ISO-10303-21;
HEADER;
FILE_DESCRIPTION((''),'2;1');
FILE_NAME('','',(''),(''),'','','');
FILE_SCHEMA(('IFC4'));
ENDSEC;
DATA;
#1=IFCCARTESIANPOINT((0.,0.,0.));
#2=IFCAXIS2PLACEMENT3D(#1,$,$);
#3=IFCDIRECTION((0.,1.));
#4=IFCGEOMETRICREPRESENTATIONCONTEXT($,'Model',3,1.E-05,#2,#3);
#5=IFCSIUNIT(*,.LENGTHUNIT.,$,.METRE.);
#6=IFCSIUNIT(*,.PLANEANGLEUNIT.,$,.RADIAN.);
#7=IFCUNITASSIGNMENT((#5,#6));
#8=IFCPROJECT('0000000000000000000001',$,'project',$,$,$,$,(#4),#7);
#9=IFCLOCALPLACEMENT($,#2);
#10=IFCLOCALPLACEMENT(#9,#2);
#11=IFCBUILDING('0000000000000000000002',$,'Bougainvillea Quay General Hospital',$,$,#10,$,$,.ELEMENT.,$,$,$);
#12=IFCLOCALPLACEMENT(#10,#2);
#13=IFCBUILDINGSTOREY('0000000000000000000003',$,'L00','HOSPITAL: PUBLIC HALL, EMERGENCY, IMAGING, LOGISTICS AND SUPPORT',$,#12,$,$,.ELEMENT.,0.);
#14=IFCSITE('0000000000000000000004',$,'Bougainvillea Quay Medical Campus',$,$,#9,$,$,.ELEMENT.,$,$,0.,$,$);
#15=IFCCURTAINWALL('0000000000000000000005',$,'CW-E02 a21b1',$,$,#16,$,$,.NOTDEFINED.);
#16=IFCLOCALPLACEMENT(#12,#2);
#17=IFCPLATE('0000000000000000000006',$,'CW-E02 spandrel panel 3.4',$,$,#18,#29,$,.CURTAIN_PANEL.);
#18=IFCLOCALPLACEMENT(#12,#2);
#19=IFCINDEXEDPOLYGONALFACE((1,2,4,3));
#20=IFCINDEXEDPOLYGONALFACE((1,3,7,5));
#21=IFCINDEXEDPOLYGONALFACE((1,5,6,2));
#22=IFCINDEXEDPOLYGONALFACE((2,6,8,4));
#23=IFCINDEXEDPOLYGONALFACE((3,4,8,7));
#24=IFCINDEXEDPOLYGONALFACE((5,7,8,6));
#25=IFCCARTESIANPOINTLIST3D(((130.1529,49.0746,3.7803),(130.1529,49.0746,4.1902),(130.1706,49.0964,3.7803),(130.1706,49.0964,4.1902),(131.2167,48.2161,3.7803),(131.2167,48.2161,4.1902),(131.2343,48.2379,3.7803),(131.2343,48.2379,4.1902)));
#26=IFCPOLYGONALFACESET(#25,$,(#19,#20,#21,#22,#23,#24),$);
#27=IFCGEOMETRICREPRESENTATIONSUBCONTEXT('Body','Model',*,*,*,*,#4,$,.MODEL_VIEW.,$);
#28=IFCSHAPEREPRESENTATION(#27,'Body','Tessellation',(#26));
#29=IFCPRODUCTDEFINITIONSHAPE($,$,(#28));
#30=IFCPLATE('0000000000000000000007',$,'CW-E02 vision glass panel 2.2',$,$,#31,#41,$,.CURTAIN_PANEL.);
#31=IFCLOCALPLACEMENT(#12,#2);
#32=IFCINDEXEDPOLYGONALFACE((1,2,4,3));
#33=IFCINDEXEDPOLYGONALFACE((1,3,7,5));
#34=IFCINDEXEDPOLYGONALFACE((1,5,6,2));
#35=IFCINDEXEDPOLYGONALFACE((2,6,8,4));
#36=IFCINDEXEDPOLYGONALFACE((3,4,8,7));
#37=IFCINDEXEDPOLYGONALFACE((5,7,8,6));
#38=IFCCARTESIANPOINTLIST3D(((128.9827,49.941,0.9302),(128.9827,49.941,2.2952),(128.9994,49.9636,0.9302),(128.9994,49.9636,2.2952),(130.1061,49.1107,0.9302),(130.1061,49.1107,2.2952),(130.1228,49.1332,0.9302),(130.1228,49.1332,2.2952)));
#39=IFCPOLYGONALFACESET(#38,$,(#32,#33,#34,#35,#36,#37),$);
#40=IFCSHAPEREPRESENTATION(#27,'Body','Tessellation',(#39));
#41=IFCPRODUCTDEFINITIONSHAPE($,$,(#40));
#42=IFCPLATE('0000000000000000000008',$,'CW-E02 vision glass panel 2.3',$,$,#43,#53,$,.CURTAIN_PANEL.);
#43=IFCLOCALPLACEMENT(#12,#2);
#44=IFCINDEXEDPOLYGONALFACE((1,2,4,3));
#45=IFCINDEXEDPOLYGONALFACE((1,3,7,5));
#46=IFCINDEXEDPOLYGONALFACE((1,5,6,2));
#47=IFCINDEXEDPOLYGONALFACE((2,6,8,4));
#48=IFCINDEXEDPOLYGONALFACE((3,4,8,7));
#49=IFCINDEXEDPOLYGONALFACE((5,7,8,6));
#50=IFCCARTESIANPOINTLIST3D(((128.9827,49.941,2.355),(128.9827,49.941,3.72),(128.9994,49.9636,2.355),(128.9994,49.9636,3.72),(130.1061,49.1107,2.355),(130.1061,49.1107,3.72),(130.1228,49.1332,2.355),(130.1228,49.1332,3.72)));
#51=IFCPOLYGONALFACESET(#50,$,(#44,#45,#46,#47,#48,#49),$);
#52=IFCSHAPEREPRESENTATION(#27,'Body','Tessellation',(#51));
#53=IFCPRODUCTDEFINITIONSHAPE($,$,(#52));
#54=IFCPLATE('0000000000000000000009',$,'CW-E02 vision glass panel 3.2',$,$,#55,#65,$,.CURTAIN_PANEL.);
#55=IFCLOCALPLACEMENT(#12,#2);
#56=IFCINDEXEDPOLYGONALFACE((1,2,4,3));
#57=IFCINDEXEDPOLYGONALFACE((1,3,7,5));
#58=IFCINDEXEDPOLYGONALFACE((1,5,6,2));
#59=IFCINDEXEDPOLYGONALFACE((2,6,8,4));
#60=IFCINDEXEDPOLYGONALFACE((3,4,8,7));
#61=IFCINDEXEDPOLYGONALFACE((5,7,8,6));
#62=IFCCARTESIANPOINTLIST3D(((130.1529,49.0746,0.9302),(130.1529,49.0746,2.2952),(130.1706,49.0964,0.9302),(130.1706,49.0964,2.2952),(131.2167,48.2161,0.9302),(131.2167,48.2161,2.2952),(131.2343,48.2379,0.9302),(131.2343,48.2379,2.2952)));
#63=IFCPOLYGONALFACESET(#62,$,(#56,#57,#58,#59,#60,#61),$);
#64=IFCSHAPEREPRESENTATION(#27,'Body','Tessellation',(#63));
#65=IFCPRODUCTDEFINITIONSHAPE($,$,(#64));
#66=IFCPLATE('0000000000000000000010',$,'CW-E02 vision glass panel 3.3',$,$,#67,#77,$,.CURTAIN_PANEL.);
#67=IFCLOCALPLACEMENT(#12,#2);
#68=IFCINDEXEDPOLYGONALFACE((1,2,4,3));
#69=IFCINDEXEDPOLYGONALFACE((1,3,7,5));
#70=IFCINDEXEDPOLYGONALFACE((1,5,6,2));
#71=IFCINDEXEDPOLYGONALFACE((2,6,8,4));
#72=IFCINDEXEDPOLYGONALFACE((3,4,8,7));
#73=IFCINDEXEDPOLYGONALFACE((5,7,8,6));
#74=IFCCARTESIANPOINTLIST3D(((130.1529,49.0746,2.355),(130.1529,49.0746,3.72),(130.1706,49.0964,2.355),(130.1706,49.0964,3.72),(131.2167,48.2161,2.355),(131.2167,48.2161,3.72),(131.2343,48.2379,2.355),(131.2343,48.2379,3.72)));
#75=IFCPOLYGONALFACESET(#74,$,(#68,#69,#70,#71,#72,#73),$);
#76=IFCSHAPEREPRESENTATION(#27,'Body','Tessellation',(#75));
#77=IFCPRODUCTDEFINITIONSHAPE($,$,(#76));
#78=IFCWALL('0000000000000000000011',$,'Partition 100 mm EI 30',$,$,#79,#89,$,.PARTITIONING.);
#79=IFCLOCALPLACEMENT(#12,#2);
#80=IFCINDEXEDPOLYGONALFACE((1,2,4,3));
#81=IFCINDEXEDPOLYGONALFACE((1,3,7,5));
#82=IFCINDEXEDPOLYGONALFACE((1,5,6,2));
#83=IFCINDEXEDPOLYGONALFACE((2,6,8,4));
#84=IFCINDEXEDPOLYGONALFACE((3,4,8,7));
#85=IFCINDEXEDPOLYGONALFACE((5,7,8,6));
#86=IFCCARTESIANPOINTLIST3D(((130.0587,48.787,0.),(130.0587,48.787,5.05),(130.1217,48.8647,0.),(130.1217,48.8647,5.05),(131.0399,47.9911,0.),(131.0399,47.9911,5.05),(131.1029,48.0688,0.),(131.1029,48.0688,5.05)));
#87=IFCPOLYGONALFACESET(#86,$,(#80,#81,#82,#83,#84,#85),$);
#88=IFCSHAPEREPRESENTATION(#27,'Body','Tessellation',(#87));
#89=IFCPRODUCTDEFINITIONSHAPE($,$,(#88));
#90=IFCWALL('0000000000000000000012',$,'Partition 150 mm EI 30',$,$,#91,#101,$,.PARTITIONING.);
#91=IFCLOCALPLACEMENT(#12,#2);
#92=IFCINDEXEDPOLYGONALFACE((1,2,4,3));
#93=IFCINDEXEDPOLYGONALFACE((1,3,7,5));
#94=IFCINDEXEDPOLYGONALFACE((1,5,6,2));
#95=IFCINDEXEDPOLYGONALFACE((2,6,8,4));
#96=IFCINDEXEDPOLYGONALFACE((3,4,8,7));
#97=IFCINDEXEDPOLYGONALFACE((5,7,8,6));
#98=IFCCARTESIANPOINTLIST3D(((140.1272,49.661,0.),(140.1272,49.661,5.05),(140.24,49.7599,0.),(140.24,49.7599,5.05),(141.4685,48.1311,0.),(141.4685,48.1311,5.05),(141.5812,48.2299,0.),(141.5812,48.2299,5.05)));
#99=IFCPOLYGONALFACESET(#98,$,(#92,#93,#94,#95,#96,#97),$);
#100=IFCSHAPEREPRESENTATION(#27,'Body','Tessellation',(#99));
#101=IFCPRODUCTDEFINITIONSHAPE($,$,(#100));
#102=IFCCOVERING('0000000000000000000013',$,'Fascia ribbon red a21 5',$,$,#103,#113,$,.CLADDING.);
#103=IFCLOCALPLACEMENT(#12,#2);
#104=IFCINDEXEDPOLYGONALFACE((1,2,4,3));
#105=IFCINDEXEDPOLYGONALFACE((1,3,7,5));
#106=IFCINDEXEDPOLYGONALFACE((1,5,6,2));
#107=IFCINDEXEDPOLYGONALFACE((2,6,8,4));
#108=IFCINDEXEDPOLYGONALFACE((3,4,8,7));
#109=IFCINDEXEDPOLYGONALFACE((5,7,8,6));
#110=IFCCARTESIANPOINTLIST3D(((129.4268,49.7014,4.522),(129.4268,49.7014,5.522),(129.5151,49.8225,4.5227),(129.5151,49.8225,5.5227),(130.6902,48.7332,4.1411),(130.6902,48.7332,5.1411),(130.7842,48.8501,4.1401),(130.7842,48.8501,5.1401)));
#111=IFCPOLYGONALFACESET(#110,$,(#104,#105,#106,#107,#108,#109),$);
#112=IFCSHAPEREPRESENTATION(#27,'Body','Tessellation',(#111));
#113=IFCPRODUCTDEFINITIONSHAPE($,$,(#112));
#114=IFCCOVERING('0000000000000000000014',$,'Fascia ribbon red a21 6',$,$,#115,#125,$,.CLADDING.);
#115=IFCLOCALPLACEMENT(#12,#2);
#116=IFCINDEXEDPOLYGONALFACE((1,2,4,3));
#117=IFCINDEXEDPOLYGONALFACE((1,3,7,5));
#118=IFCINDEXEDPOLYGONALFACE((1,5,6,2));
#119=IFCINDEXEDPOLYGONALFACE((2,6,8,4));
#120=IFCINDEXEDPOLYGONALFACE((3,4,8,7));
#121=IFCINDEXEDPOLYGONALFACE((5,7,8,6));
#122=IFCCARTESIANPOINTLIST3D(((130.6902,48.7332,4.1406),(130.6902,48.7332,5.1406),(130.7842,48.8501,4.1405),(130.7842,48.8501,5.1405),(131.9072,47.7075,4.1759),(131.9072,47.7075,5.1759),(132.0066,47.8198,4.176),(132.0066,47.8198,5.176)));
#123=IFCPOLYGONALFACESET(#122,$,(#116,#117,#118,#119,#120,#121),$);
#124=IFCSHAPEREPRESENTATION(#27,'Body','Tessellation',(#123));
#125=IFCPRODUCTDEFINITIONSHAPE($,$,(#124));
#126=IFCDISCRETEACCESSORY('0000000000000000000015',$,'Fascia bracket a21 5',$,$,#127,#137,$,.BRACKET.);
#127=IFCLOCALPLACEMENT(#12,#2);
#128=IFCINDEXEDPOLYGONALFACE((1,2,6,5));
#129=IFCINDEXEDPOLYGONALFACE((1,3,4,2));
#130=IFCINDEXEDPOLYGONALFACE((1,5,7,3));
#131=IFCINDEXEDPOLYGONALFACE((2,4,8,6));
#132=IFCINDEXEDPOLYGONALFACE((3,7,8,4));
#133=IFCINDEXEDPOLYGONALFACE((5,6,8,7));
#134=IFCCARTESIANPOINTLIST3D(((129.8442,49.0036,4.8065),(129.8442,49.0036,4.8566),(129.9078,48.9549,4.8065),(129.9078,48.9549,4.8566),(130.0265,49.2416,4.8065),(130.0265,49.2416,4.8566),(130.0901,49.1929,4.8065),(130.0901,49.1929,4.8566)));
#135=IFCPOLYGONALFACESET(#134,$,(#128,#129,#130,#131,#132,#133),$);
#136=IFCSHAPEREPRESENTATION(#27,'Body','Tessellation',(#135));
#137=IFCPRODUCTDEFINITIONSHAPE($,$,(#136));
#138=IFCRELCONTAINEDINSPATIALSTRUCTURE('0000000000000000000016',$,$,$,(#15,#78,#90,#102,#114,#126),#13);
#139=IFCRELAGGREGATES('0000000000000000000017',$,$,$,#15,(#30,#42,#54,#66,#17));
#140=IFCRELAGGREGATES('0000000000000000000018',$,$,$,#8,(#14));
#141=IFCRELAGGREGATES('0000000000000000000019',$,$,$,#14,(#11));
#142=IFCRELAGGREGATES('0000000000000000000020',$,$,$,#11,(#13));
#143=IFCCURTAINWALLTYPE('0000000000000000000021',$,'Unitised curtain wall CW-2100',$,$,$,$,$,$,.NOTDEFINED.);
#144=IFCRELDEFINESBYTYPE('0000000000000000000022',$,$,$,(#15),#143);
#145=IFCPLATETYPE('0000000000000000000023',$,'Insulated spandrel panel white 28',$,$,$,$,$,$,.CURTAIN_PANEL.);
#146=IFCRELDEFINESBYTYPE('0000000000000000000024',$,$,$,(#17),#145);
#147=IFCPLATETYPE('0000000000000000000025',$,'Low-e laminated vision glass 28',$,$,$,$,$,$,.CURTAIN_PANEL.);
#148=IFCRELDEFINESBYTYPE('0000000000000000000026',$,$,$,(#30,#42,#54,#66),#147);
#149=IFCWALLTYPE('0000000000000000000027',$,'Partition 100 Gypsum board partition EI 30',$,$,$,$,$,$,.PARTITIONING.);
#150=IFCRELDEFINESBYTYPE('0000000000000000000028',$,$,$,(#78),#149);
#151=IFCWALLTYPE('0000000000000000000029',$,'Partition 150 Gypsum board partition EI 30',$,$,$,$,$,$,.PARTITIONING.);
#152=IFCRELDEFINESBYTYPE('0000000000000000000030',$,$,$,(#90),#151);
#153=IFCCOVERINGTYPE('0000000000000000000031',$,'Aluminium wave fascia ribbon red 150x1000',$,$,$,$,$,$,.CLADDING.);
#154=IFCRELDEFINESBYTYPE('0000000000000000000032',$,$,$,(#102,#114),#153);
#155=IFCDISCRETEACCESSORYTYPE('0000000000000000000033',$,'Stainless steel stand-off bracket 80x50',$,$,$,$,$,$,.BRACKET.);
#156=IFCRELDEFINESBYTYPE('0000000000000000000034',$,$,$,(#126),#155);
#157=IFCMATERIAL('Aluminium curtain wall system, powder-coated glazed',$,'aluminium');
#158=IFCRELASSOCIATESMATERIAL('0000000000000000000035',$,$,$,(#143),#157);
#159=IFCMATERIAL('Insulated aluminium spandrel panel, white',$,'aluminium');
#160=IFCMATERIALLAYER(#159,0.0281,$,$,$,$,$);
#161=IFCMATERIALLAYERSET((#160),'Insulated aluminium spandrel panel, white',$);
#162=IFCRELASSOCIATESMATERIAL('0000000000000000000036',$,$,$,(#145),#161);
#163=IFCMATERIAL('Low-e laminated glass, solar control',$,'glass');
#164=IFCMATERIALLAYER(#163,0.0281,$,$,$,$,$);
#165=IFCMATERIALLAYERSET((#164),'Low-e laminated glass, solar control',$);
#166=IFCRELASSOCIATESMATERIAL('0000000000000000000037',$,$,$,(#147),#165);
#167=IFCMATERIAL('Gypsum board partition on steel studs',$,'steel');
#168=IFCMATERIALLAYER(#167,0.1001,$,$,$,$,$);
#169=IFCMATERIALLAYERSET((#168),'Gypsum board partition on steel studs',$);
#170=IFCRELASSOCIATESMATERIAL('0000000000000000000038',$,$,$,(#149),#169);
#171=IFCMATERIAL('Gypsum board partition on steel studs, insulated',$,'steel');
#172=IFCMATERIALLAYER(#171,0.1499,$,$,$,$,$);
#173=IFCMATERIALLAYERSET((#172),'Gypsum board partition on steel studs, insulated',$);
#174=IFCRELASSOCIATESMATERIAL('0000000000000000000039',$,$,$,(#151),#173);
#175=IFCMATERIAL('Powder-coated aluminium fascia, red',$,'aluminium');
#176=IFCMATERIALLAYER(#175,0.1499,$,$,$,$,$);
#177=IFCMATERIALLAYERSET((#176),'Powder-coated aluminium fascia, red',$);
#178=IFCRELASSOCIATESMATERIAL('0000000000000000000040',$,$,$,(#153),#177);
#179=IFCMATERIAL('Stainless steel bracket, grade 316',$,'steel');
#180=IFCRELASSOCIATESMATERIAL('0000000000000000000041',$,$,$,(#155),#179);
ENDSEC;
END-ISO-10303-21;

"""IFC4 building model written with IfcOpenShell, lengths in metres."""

from ifc_helpers import new_model, si_unit, direction, frame, frame_2d, origin, origin_2d, place, context, subcontext, project, spatial, polyline, rectangle, outline, extrude, material, layer, layer_set, material_profile, profile_set, type_object, element, aggregate, save


model = new_model("IFC4")

# Units and contexts
model_context = context("Model", 3, precision=1e-05, world=origin(), true_north=direction((0.0, 1.0)))
body_context = subcontext(model_context, "Body", "Model", "MODEL_VIEW")
ifc_project = project(units=[si_unit("LENGTHUNIT", "METRE"), si_unit("PLANEANGLEUNIT", "RADIAN")], contexts=[model_context])

# Site, building, storey
site_placement = place(None, origin())
site = spatial("IfcSite", under=ifc_project, at=site_placement, Name="Bougainvillea Quay Medical Campus", CompositionType="ELEMENT", RefElevation=0.0)
building_placement = place(site_placement, origin())
building = spatial("IfcBuilding", under=site, at=building_placement, Name="Bougainvillea Quay General Hospital", CompositionType="ELEMENT")
storey_placement = place(building_placement, origin())
storey = spatial("IfcBuildingStorey", under=building, at=storey_placement, Name="L00", Description="HOSPITAL: PUBLIC HALL, EMERGENCY, IMAGING, LOGISTICS AND SUPPORT", CompositionType="ELEMENT", Elevation=0.0)

# Curtain wall, plates
ifc_material_1 = material(Name="Aluminium curtain wall system, powder-coated glazed", Category="aluminium")
curtain_wall_type = type_object("IfcCurtainWallType", Name="Unitised curtain wall CW-2100", PredefinedType="NOTDEFINED", material=ifc_material_1)
curtain_wall_placement = place(storey_placement, origin())
curtain_wall = element("IfcCurtainWall", 1, at=curtain_wall_placement, inside=storey, type_object=curtain_wall_type, Name="CW-E02 a21b1", PredefinedType="NOTDEFINED")
ifc_material_2 = material(Name="Insulated aluminium spandrel panel, white", Category="aluminium")
ifc_layer_1 = layer(ifc_material_2, 0.0281)
ifc_layer_set_1 = layer_set([ifc_layer_1], Name="Insulated aluminium spandrel panel, white")
plate_type_1 = type_object("IfcPlateType", Name="Insulated spandrel panel white 28", PredefinedType="CURTAIN_PANEL", material=ifc_layer_set_1)
plate_1_placement = place(storey_placement, frame((130.6936, 48.6562, 3.7803), z_axis=(0.0, 0.0, 1.0), x_axis=(0.778185, -0.628035, 0.0)))
plate_1 = element("IfcPlate", 2, at=plate_1_placement, type_object=plate_type_1, Name="CW-E02 spandrel panel 3.4", PredefinedType="CURTAIN_PANEL", context=body_context, shape_type="SweptSolid", body=[
    extrude(rectangle(XDim=1.3669, YDim=0.0281, at=origin_2d()), origin(), (0.0, 0.0, 1.0), 0.4099),
])
ifc_material_3 = material(Name="Low-e laminated glass, solar control", Category="glass")
ifc_layer_2 = layer(ifc_material_3, 0.0281)
ifc_layer_set_2 = layer_set([ifc_layer_2], Name="Low-e laminated glass, solar control")
plate_type_2 = type_object("IfcPlateType", Name="Low-e laminated vision glass 28", PredefinedType="CURTAIN_PANEL", material=ifc_layer_set_2)
plate_2_placement = place(storey_placement, frame((129.5527, 49.5371, 0.9302), z_axis=(0.0, 0.0, 1.0), x_axis=(0.804189, -0.594374, 0.0)))
plate_2 = element("IfcPlate", 3, at=plate_2_placement, type_object=plate_type_2, Name="CW-E02 vision glass panel 2.2", PredefinedType="CURTAIN_PANEL", context=body_context, shape_type="SweptSolid", body=[
    extrude(rectangle(XDim=1.397, YDim=0.0281, at=origin_2d()), origin(), (0.0, 0.0, 1.0), 1.365),
])
plate_3_placement = place(storey_placement, frame((129.5527, 49.5371, 2.355), z_axis=(0.0, 0.0, 1.0), x_axis=(0.804189, -0.594374, 0.0)))
plate_3 = element("IfcPlate", 4, at=plate_3_placement, type_object=plate_type_2, Name="CW-E02 vision glass panel 2.3", PredefinedType="CURTAIN_PANEL", context=body_context, shape_type="SweptSolid", body=[
    extrude(rectangle(XDim=1.397, YDim=0.0281, at=origin_2d()), origin(), (0.0, 0.0, 1.0), 1.365),
])
plate_4_placement = place(storey_placement, frame((130.6936, 48.6562, 0.9302), z_axis=(0.0, 0.0, 1.0), x_axis=(0.778185, -0.628035, 0.0)))
plate_4 = element("IfcPlate", 5, at=plate_4_placement, type_object=plate_type_2, Name="CW-E02 vision glass panel 3.2", PredefinedType="CURTAIN_PANEL", context=body_context, shape_type="SweptSolid", body=[
    extrude(rectangle(XDim=1.3669, YDim=0.0281, at=origin_2d()), origin(), (0.0, 0.0, 1.0), 1.365),
])
plate_5_placement = place(storey_placement, frame((130.6936, 48.6562, 2.355), z_axis=(0.0, 0.0, 1.0), x_axis=(0.778185, -0.628035, 0.0)))
plate_5 = element("IfcPlate", 6, at=plate_5_placement, type_object=plate_type_2, Name="CW-E02 vision glass panel 3.3", PredefinedType="CURTAIN_PANEL", context=body_context, shape_type="SweptSolid", body=[
    extrude(rectangle(XDim=1.3669, YDim=0.0281, at=origin_2d()), origin(), (0.0, 0.0, 1.0), 1.365),
])
aggregate(curtain_wall, [plate_2, plate_3, plate_4, plate_5, plate_1])

# Walls
ifc_material_4 = material(Name="Gypsum board partition on steel studs", Category="steel")
ifc_layer_3 = layer(ifc_material_4, 0.1001)
ifc_layer_set_3 = layer_set([ifc_layer_3], Name="Gypsum board partition on steel studs")
wall_type_1 = type_object("IfcWallType", Name="Partition 100 Gypsum board partition EI 30", PredefinedType="PARTITIONING", material=ifc_layer_set_3)
wall_1_placement = place(storey_placement, frame((130.0901, 48.8259, 0.0), z_axis=(0.0, 0.0, 1.0), x_axis=(0.776628, -0.62996, 0.0)))
element("IfcWall", 7, at=wall_1_placement, inside=storey, type_object=wall_type_1, Name="Partition 100 mm EI 30", PredefinedType="PARTITIONING", context=body_context, shape_type="SweptSolid", body=[
    extrude(rectangle(XDim=1.2634, YDim=0.1001, at=frame_2d((0.6318, 0.0))), origin(), (0.0, 0.0, 1.0), 5.05),
])
ifc_material_5 = material(Name="Gypsum board partition on steel studs, insulated", Category="steel")
ifc_layer_4 = layer(ifc_material_5, 0.1499)
ifc_layer_set_4 = layer_set([ifc_layer_4], Name="Gypsum board partition on steel studs, insulated")
wall_type_2 = type_object("IfcWallType", Name="Partition 150 Gypsum board partition EI 30", PredefinedType="PARTITIONING", material=ifc_layer_set_4)
wall_2_placement = place(storey_placement, frame((140.1836, 49.7104, 0.0), z_axis=(0.0, 0.0, 1.0), x_axis=(0.659209, -0.751959, 0.0)))
element("IfcWall", 8, at=wall_2_placement, inside=storey, type_object=wall_type_2, Name="Partition 150 mm EI 30", PredefinedType="PARTITIONING", context=body_context, shape_type="SweptSolid", body=[
    extrude(rectangle(XDim=2.0347, YDim=0.1499, at=frame_2d((1.0173, 0.0))), origin(), (0.0, 0.0, 1.0), 5.05),
])

# Coverings
ifc_material_6 = material(Name="Powder-coated aluminium fascia, red", Category="aluminium")
ifc_layer_5 = layer(ifc_material_6, 0.1499)
ifc_layer_set_5 = layer_set([ifc_layer_5], Name="Powder-coated aluminium fascia, red")
covering_type = type_object("IfcCoveringType", Name="Aluminium wave fascia ribbon red 150x1000", PredefinedType="CLADDING", material=ifc_layer_set_5)
covering_1_placement = place(storey_placement, frame((129.4268, 49.7014, 4.522), z_axis=(0.185206, -0.140899, 0.972546), x_axis=(0.771927, -0.591587, -0.232709)))
element("IfcCovering", 9, at=covering_1_placement, inside=storey, type_object=covering_type, Name="Fascia ribbon red a21 5", PredefinedType="CLADDING", context=body_context, shape_type="SweptSolid", body=[
    extrude(outline(polyline([(0.0, 0.0), (1.6367, 0.0), (1.6403, 0.15), (-0.0036, 0.1499), (0.0, 0.0)])), origin(), (-0.232709, -0.000802, 0.972546), 1.0),
])
covering_2_placement = place(storey_placement, frame((130.6902, 48.7332, 4.1406), z_axis=(-0.01696, 0.014305, 0.999754), x_axis=(0.764488, -0.644256, 0.022187)))
element("IfcCovering", 10, at=covering_2_placement, inside=storey, type_object=covering_type, Name="Fascia ribbon red a21 6", PredefinedType="CLADDING", context=body_context, shape_type="SweptSolid", body=[
    extrude(outline(polyline([(0.0, 0.0), (1.592, 0.0), (1.5956, 0.1499), (-0.0035, 0.15), (0.0, 0.0)])), origin(), (0.022187, -0.000009, 0.999754), 1.0),
])

# Discrete accessory
ifc_material_7 = material(Name="Stainless steel bracket, grade 316", Category="steel")
ifc_material_profile_1 = material_profile(ifc_material_7, rectangle(XDim=0.0801, YDim=0.05, at=origin_2d()))
ifc_profile_set_1 = profile_set([ifc_material_profile_1], Name="Stainless steel bracket, grade 316")
discrete_accessory_type = type_object("IfcDiscreteAccessoryType", Name="Stainless steel stand-off bracket 80x50", PredefinedType="BRACKET", material=ifc_profile_set_1)
discrete_accessory_placement = place(storey_placement, frame((129.876, 48.9792, 4.8315), z_axis=(0.608175, 0.793803, 0.0), x_axis=(-0.793803, 0.608175, 0.0)))
element("IfcDiscreteAccessory", 11, at=discrete_accessory_placement, inside=storey, type_object=discrete_accessory_type, Name="Fascia bracket a21 5", PredefinedType="BRACKET", context=body_context, shape_type="SweptSolid", body=[
    extrude(rectangle(XDim=0.0801, YDim=0.05, at=origin_2d()), origin(), (0.0, 0.0, 1.0), 0.2998),
])

save(model, "model.ifc")
